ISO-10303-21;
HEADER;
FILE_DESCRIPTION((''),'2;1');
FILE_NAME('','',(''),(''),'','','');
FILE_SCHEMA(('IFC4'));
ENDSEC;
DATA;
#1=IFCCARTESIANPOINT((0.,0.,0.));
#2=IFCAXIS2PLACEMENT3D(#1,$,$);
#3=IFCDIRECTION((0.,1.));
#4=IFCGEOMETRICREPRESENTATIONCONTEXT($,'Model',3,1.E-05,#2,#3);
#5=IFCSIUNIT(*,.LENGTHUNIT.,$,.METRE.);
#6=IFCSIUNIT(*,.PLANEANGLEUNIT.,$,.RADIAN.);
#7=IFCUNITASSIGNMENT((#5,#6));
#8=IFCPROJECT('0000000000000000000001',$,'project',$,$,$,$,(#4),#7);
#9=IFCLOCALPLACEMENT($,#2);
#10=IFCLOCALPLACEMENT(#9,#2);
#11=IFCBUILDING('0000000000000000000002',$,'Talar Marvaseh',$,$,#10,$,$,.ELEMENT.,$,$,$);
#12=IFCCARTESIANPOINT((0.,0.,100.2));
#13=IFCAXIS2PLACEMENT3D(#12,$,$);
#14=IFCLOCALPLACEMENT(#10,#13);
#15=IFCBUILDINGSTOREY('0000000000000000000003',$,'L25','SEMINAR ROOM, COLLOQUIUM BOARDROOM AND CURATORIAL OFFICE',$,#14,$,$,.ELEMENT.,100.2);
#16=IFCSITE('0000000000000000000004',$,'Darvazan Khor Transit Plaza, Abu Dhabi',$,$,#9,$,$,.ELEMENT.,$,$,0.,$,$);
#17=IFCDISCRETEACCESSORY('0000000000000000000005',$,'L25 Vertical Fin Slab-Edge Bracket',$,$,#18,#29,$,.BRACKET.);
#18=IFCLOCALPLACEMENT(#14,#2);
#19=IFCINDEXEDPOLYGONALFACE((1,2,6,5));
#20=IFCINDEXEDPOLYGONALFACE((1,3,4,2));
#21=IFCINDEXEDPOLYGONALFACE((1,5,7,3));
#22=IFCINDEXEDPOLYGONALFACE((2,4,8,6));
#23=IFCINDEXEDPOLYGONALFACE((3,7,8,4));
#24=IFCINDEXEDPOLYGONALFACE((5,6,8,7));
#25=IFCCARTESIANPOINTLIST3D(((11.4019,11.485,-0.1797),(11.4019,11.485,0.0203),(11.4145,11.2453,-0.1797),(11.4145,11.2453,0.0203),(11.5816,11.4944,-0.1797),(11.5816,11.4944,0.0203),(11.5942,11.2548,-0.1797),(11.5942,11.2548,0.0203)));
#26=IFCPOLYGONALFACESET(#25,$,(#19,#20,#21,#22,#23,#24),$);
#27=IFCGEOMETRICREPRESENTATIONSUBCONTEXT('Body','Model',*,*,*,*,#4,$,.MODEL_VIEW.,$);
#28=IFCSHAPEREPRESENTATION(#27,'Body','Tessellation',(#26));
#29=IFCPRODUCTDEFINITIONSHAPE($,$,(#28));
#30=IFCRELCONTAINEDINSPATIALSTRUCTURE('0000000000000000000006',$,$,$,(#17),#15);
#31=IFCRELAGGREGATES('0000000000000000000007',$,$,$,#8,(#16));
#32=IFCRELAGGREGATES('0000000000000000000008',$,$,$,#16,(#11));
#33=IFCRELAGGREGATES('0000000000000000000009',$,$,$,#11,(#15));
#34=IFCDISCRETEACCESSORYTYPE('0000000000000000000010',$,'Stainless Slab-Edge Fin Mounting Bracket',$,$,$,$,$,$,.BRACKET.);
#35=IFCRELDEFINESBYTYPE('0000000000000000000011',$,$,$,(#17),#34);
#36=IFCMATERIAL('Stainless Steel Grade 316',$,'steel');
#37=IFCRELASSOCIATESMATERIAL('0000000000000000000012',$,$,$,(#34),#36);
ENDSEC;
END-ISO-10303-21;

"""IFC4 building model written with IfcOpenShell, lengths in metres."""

from ifc_helpers import new_model, si_unit, direction, frame, origin, origin_2d, place, context, subcontext, project, spatial, rectangle, extrude, source, transform, mapped, material, type_object, type_shapes, element, save


model = new_model("IFC4")

# Units and contexts
model_context = context("Model", 3, precision=1e-05, world=origin(), true_north=direction((0.0, 1.0)))
body_context = subcontext(model_context, "Body", "Model", "MODEL_VIEW")
ifc_project = project(units=[si_unit("LENGTHUNIT", "METRE"), si_unit("PLANEANGLEUNIT", "RADIAN")], contexts=[model_context])

# Site, building, storey
site_placement = place(None, origin())
site = spatial("IfcSite", under=ifc_project, at=site_placement, Name="Darvazan Khor Transit Plaza, Abu Dhabi", CompositionType="ELEMENT", RefElevation=0.0)
building_placement = place(site_placement, origin())
building = spatial("IfcBuilding", under=site, at=building_placement, Name="Talar Marvaseh", CompositionType="ELEMENT")
storey_placement = place(building_placement, frame((0.0, 0.0, 100.2)))
storey = spatial("IfcBuildingStorey", under=building, at=storey_placement, Name="L25", Description="SEMINAR ROOM, COLLOQUIUM BOARDROOM AND CURATORIAL OFFICE", CompositionType="ELEMENT", Elevation=100.2)

# Discrete accessory
ifc_material_1 = material(Name="Stainless Steel Grade 316", Category="steel")
discrete_accessory_type = type_object("IfcDiscreteAccessoryType", Name="Stainless Slab-Edge Fin Mounting Bracket", PredefinedType="BRACKET", material=ifc_material_1)
shared_shape_1 = source(origin(), body_context, "Body", "SweptSolid", [
    extrude(rectangle(XDim=0.24, YDim=0.1799, at=origin_2d()), origin(), (0.0, 0.0, 1.0), 0.2),
])
type_shapes(discrete_accessory_type, [shared_shape_1])
for number, where, z_axis, x_axis, name in (
    (1, (11.498, 11.3699, -0.1797), (0.0, 0.0, 1.0), (0.05251, -0.99862, 0.0), "L25 Vertical Fin Slab-Edge Bracket"),
):
    element("IfcDiscreteAccessory", number, at=place(storey_placement, frame(where, z_axis=z_axis, x_axis=x_axis)), inside=storey, type_object=discrete_accessory_type, Name=name, PredefinedType="BRACKET", context=body_context, shape_type="MappedRepresentation", body=[
        mapped(shared_shape_1, transform((0.0, 0.0, 0.0), x_axis=(1.0, 0.0, 0.0), y_axis=(0.0, 1.0, 0.0), z_axis=(0.0, 0.0, 1.0), scale=1.0)),
    ])

save(model, "model.ifc")
